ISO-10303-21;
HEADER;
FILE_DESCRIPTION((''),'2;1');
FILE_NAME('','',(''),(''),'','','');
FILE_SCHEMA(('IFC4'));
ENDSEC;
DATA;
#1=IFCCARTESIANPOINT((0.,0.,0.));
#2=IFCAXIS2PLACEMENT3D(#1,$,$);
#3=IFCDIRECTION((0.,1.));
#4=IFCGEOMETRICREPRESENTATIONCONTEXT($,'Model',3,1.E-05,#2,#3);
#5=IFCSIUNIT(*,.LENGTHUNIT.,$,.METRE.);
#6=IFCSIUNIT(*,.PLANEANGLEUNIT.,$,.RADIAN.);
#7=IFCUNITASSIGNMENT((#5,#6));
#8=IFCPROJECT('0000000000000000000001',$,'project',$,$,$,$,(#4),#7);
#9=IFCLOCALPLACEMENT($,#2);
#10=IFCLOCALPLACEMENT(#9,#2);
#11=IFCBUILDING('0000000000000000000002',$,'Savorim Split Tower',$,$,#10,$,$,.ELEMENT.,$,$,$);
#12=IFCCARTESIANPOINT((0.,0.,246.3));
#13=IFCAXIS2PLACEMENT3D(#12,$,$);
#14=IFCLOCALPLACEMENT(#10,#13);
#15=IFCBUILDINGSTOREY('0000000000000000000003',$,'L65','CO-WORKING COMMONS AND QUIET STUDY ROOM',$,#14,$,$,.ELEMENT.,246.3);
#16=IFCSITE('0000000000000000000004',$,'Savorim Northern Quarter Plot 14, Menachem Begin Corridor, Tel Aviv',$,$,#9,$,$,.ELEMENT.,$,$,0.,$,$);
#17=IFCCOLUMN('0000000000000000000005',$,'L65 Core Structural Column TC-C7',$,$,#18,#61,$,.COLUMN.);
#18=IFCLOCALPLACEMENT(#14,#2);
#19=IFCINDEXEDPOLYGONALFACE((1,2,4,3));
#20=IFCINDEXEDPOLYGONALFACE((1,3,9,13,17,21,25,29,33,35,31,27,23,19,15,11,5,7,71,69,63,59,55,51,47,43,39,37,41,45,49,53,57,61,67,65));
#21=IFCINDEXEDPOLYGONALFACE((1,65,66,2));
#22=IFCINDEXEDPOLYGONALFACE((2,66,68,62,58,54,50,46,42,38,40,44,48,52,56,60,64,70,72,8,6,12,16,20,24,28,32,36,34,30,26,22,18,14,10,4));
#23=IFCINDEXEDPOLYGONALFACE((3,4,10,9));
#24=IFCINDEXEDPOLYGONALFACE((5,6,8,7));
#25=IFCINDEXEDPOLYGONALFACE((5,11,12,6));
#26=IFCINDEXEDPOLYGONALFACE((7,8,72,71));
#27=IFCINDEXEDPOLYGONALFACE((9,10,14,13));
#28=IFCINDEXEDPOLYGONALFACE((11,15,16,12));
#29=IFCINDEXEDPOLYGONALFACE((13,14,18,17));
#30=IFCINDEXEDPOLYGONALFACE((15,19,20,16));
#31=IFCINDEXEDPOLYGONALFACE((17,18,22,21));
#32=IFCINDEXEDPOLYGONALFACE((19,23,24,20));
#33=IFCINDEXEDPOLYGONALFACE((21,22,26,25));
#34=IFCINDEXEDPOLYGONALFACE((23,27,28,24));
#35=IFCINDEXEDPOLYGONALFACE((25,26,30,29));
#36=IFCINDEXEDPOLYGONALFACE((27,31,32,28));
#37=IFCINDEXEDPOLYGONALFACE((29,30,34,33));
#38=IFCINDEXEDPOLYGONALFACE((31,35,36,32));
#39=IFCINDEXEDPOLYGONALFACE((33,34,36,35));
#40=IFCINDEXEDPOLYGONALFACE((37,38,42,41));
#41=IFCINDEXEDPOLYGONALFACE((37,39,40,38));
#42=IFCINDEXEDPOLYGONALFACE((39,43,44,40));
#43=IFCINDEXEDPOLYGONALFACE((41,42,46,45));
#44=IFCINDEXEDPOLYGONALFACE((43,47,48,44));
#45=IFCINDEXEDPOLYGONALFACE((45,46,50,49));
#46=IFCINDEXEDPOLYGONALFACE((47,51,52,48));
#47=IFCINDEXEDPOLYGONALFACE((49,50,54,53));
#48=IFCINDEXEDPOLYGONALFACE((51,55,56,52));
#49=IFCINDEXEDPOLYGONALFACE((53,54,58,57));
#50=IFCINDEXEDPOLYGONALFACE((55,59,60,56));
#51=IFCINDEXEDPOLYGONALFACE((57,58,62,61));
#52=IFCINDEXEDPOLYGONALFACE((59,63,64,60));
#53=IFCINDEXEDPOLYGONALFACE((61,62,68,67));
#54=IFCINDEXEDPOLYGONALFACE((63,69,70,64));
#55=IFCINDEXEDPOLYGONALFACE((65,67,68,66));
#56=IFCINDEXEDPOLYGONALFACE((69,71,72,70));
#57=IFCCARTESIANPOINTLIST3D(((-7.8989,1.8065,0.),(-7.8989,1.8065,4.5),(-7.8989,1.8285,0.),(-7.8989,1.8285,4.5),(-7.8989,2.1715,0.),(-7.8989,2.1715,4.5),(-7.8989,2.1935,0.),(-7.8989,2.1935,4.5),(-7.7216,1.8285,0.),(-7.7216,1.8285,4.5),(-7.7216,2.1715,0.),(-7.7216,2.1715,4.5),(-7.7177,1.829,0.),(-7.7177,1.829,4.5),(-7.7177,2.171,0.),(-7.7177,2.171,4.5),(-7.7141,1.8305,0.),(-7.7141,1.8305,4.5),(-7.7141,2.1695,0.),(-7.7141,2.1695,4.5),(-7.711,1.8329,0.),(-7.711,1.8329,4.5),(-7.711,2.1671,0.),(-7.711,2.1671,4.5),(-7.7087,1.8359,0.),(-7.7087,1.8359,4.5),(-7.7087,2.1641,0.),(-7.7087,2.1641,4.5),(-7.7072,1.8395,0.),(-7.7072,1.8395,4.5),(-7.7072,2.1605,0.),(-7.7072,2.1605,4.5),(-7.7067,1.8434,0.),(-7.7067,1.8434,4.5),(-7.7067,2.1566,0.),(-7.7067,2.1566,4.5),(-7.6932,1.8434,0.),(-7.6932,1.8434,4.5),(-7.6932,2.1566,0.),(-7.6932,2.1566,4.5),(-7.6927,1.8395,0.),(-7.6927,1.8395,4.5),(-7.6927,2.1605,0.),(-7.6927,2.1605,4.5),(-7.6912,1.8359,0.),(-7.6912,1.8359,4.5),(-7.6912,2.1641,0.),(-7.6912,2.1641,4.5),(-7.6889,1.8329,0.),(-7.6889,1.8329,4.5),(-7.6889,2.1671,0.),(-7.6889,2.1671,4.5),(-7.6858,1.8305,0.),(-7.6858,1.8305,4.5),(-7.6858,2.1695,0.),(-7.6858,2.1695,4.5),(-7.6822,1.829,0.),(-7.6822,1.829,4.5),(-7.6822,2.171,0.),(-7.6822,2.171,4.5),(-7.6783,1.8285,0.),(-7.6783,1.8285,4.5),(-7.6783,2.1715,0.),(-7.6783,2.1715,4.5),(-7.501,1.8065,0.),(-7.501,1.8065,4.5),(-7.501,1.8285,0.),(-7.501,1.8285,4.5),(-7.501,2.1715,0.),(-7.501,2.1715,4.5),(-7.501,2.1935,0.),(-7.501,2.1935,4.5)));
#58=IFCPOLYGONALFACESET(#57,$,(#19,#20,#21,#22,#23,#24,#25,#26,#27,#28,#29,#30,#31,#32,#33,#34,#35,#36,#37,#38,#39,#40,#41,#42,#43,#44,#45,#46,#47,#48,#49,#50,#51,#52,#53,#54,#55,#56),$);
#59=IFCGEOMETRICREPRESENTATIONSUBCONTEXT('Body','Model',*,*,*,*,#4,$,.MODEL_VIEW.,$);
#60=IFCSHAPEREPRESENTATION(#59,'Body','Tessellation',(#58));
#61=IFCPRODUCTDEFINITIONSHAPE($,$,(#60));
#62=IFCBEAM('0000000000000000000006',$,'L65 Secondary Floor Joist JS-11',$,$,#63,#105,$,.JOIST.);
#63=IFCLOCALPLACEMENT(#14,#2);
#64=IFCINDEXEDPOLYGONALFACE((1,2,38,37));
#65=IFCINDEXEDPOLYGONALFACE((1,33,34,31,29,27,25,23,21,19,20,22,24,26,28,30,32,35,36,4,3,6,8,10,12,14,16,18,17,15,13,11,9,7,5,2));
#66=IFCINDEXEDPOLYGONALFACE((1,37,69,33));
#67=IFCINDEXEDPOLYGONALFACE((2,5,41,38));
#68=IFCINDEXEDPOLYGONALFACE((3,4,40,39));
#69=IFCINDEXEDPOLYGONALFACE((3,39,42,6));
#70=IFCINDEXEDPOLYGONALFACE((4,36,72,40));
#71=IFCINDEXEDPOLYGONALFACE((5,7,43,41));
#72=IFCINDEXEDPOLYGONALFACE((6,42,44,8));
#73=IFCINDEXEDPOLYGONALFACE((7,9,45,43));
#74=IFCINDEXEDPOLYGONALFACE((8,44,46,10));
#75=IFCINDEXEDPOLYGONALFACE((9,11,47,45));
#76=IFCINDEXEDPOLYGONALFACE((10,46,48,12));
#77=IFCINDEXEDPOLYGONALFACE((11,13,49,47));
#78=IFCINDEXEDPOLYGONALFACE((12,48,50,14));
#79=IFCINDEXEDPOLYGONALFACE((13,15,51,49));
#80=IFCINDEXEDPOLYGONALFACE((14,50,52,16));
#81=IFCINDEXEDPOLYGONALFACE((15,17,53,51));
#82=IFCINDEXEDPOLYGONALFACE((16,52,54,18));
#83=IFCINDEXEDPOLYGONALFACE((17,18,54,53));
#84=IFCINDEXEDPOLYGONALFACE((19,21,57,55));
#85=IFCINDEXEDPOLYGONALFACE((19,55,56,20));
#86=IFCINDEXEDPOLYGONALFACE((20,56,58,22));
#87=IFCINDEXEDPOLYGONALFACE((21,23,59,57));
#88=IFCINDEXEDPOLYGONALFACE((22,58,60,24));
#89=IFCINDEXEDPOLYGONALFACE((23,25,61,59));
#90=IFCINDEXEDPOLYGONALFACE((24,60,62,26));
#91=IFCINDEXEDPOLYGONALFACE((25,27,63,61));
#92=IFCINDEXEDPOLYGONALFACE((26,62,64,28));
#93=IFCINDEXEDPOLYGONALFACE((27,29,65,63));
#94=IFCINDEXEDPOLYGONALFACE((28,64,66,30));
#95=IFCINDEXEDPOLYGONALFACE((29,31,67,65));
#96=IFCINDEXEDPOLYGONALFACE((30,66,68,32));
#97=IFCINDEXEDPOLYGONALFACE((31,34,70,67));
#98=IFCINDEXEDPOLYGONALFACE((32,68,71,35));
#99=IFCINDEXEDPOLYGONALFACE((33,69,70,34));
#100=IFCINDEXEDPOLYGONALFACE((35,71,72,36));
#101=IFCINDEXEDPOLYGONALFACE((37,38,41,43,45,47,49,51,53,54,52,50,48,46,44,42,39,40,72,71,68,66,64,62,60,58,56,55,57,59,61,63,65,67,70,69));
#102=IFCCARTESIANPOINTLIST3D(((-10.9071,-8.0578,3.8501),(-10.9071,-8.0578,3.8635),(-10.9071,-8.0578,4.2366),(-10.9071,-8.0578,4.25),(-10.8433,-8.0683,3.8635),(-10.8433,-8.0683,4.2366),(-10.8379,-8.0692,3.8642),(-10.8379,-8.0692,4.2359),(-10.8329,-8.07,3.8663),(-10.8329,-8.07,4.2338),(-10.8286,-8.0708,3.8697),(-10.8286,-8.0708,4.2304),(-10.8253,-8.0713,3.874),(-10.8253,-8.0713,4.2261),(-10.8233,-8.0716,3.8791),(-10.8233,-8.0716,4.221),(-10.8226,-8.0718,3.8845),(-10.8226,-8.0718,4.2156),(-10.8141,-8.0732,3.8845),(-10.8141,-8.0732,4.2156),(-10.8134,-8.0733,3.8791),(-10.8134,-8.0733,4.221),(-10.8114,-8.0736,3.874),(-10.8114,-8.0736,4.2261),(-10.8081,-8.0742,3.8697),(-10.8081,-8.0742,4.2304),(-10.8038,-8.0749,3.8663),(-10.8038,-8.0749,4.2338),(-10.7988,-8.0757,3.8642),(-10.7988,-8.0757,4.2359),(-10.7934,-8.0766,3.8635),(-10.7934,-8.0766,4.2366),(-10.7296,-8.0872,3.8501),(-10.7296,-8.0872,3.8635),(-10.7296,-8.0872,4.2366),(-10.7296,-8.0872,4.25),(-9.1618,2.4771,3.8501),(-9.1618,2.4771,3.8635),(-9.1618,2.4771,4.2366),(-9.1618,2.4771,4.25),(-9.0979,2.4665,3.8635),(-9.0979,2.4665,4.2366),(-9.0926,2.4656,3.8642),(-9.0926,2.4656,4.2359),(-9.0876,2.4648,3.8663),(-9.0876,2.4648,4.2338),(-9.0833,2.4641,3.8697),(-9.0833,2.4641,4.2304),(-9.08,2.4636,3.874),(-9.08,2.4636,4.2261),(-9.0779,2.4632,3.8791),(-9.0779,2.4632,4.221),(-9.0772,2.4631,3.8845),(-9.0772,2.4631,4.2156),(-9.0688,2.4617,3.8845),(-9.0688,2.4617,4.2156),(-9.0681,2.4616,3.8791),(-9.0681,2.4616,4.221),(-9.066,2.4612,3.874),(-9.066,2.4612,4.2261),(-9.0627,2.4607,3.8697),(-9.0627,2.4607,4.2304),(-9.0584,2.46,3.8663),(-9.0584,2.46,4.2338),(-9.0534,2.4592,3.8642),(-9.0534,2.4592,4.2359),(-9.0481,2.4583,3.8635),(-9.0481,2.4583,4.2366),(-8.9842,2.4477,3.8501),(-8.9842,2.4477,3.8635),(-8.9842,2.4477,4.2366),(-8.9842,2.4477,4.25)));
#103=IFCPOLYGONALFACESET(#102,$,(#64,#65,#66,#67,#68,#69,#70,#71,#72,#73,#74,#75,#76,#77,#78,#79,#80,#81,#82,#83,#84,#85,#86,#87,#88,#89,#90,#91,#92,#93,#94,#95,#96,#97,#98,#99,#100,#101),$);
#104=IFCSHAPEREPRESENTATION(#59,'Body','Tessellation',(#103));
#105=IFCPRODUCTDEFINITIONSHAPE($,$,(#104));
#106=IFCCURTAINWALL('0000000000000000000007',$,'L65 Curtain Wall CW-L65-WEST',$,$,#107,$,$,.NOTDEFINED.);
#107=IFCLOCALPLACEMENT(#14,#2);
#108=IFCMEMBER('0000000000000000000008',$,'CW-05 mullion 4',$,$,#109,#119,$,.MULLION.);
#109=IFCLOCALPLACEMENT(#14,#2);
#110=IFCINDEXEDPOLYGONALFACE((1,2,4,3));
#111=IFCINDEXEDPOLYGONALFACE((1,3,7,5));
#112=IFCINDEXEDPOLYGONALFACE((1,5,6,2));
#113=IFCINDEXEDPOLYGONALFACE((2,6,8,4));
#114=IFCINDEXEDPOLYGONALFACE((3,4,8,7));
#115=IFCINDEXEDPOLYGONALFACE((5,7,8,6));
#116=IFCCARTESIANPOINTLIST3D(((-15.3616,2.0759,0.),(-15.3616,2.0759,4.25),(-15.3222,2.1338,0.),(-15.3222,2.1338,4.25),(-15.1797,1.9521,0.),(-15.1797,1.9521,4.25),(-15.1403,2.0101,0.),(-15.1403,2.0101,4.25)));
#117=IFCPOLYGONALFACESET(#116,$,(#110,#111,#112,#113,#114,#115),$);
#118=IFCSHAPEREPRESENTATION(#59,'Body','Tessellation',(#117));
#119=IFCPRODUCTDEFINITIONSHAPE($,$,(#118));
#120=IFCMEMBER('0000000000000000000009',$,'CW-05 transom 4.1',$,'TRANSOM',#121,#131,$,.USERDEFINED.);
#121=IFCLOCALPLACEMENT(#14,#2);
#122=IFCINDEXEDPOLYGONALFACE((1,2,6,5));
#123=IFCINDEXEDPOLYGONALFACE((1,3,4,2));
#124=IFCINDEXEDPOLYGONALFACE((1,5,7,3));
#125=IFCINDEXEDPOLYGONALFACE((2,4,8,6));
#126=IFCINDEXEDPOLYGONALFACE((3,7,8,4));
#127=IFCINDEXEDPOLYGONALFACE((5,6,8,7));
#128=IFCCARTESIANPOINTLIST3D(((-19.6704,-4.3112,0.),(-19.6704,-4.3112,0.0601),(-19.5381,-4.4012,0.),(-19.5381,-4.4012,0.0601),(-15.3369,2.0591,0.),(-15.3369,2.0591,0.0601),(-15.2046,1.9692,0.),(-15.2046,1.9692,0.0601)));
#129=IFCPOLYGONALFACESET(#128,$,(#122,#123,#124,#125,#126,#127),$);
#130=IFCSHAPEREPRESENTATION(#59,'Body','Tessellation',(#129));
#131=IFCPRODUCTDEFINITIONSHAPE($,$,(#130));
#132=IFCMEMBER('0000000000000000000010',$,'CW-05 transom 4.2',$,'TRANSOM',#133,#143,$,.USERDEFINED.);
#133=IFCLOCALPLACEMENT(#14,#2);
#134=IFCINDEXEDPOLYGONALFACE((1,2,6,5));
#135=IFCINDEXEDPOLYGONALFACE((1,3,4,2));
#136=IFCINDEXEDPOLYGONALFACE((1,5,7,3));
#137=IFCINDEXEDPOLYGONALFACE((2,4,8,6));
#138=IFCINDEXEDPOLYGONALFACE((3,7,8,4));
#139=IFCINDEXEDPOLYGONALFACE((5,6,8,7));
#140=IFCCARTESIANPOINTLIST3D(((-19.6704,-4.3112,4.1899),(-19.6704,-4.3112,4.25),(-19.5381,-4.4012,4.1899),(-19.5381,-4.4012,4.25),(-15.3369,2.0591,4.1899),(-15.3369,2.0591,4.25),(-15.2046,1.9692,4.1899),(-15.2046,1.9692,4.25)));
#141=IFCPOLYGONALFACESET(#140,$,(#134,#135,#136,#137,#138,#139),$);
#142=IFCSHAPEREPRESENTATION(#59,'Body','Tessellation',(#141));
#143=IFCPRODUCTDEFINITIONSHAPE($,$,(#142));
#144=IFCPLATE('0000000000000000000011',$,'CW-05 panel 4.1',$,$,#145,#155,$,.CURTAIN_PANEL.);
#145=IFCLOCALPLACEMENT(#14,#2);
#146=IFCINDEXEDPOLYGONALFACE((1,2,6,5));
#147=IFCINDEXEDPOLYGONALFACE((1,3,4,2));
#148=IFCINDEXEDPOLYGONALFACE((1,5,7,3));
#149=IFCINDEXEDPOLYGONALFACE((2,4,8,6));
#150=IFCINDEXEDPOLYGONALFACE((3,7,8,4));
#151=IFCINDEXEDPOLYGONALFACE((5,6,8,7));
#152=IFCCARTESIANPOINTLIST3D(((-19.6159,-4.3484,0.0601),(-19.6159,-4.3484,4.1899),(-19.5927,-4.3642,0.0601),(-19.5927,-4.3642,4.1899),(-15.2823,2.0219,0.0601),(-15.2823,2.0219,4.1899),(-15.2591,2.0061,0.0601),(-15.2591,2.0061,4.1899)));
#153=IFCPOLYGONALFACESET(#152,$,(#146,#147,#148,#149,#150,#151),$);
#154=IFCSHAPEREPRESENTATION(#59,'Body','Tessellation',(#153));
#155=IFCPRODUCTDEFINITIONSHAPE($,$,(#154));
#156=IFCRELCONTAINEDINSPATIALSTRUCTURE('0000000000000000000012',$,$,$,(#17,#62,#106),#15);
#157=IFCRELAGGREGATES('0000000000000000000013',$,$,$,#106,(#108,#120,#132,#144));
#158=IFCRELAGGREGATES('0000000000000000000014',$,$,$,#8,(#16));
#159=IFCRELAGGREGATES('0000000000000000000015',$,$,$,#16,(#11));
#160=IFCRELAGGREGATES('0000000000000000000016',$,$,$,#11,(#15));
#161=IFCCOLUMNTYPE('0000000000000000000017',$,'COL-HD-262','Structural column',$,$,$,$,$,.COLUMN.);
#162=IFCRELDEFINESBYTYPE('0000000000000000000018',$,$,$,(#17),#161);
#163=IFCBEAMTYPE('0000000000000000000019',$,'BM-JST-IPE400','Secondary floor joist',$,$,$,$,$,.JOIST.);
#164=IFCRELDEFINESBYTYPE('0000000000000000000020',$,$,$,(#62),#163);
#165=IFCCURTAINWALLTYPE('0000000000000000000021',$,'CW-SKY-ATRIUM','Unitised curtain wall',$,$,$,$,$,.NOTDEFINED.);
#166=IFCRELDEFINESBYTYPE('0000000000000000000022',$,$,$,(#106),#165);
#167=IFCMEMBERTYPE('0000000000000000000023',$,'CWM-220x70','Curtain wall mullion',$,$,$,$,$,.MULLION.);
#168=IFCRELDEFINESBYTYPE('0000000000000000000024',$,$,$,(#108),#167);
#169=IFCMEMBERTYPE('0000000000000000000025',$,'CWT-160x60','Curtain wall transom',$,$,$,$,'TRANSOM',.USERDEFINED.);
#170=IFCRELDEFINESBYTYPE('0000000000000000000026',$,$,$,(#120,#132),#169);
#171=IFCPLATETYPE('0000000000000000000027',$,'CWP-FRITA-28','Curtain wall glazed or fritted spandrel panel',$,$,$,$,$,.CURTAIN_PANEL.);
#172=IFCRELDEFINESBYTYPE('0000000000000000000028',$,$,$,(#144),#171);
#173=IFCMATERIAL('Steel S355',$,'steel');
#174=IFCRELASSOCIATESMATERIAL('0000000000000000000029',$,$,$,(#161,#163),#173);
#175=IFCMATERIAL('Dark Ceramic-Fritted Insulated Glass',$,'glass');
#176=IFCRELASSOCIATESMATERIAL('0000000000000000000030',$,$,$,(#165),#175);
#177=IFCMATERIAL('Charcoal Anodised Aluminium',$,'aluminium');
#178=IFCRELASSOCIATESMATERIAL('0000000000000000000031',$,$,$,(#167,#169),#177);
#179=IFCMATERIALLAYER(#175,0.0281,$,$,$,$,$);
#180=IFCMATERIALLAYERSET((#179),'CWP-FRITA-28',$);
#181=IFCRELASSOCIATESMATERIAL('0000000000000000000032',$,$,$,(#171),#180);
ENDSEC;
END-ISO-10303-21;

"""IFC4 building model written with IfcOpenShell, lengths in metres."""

from ifc_helpers import new_model, si_unit, direction, frame, origin, origin_2d, place, context, subcontext, project, spatial, rectangle, i_section, extrude, material, layer, layer_set, material_profile, profile_set, type_object, element, aggregate, save


model = new_model("IFC4")

# Units and contexts
model_context = context("Model", 3, precision=1e-05, world=origin(), true_north=direction((0.0, 1.0)))
body_context = subcontext(model_context, "Body", "Model", "MODEL_VIEW")
ifc_project = project(units=[si_unit("LENGTHUNIT", "METRE"), si_unit("PLANEANGLEUNIT", "RADIAN")], contexts=[model_context])

# Site, building, storey
site_placement = place(None, origin())
site = spatial("IfcSite", under=ifc_project, at=site_placement, Name="Savorim Northern Quarter Plot 14, Menachem Begin Corridor, Tel Aviv", CompositionType="ELEMENT", RefElevation=0.0)
building_placement = place(site_placement, origin())
building = spatial("IfcBuilding", under=site, at=building_placement, Name="Savorim Split Tower", CompositionType="ELEMENT")
storey_placement = place(building_placement, frame((0.0, 0.0, 246.3)))
storey = spatial("IfcBuildingStorey", under=building, at=storey_placement, Name="L65", Description="CO-WORKING COMMONS AND QUIET STUDY ROOM", CompositionType="ELEMENT", Elevation=246.3)

# Column
ifc_material_1 = material(Name="Steel S355", Category="steel")
ifc_material_profile_1 = material_profile(ifc_material_1, i_section(OverallWidth=0.3979, OverallDepth=0.387, WebThickness=0.0134, FlangeThickness=0.022, FilletRadius=0.0149, at=origin_2d()), Name="HD 400x262")
ifc_profile_set_1 = profile_set([ifc_material_profile_1], Name="Steel S355")
column_type = type_object("IfcColumnType", Name="COL-HD-262", Description="Structural column", PredefinedType="COLUMN", material=ifc_profile_set_1)
column_placement = place(storey_placement, frame((-7.7, 2.0, 0.0), z_axis=(0.0, 0.0, 1.0), x_axis=(1.0, 0.0, 0.0)))
element("IfcColumn", 1, at=column_placement, inside=storey, type_object=column_type, Name="L65 Core Structural Column TC-C7", PredefinedType="COLUMN", context=body_context, shape_type="SweptSolid", body=[
    extrude(i_section(OverallWidth=0.3979, OverallDepth=0.387, WebThickness=0.0134, FlangeThickness=0.022, FilletRadius=0.0149, at=origin_2d()), origin(), (0.0, 0.0, 1.0), 4.5),
])

# Beam
ifc_material_profile_2 = material_profile(ifc_material_1, i_section(OverallWidth=0.1799, OverallDepth=0.3999, WebThickness=0.0085, FlangeThickness=0.0134, FilletRadius=0.021, at=origin_2d()), Name="IPE 400")
ifc_profile_set_2 = profile_set([ifc_material_profile_2], Name="Steel S355")
beam_type = type_object("IfcBeamType", Name="BM-JST-IPE400", Description="Secondary floor joist", PredefinedType="JOIST", material=ifc_profile_set_2)
beam_placement = place(storey_placement, frame((-9.073, 2.4624, 4.05), z_axis=(-0.163446, -0.986552, 0.0), x_axis=(0.986552, -0.163446, 0.0)))
element("IfcBeam", 2, at=beam_placement, inside=storey, type_object=beam_type, Name="L65 Secondary Floor Joist JS-11", PredefinedType="JOIST", context=body_context, shape_type="SweptSolid", body=[
    extrude(i_section(OverallWidth=0.1799, OverallDepth=0.3999, WebThickness=0.0085, FlangeThickness=0.0134, FilletRadius=0.021, at=origin_2d()), origin(), (0.0, 0.0, 1.0), 10.6785),
])

# Curtain wall, members, plate
ifc_material_2 = material(Name="Dark Ceramic-Fritted Insulated Glass", Category="glass")
curtain_wall_type = type_object("IfcCurtainWallType", Name="CW-SKY-ATRIUM", Description="Unitised curtain wall", PredefinedType="NOTDEFINED", material=ifc_material_2)
curtain_wall_placement = place(storey_placement, origin())
curtain_wall = element("IfcCurtainWall", 3, at=curtain_wall_placement, inside=storey, type_object=curtain_wall_type, Name="L65 Curtain Wall CW-L65-WEST", PredefinedType="NOTDEFINED")
ifc_material_3 = material(Name="Charcoal Anodised Aluminium", Category="aluminium")
ifc_material_profile_3 = material_profile(ifc_material_3, rectangle(XDim=0.22, YDim=0.0701, at=origin_2d()), Name="ALU-M 220x70")
ifc_profile_set_3 = profile_set([ifc_material_profile_3], Name="Charcoal Anodised Aluminium")
member_type_1 = type_object("IfcMemberType", Name="CWM-220x70", Description="Curtain wall mullion", PredefinedType="MULLION", material=ifc_profile_set_3)
member_1_placement = place(storey_placement, frame((-15.251, 2.043, 0.0), z_axis=(0.0, 0.0, 1.0), x_axis=(0.826818, -0.562469, 0.0)))
member_1 = element("IfcMember", 4, at=member_1_placement, type_object=member_type_1, Name="CW-05 mullion 4", PredefinedType="MULLION", context=body_context, shape_type="SweptSolid", body=[
    extrude(rectangle(XDim=0.22, YDim=0.0701, at=origin_2d()), origin(), (0.0, 0.0, 1.0), 4.25),
])
ifc_material_profile_4 = material_profile(ifc_material_3, rectangle(XDim=0.1599, YDim=0.0601, at=origin_2d()), Name="ALU-T 160x60")
ifc_profile_set_4 = profile_set([ifc_material_profile_4], Name="Charcoal Anodised Aluminium")
member_type_2 = type_object("IfcMemberType", Name="CWT-160x60", Description="Curtain wall transom", ElementType="TRANSOM", PredefinedType="USERDEFINED", material=ifc_profile_set_4)
member_2_placement = place(storey_placement, frame((-15.2708, 2.0142, 0.03), z_axis=(-0.562456, -0.826827, 0.0), x_axis=(0.826827, -0.562456, 0.0)))
member_2 = element("IfcMember", 5, at=member_2_placement, type_object=member_type_2, Name="CW-05 transom 4.1", ObjectType="TRANSOM", PredefinedType="USERDEFINED", context=body_context, shape_type="SweptSolid", body=[
    extrude(rectangle(XDim=0.1599, YDim=0.0601, at=origin_2d()), origin(), (0.0, 0.0, 1.0), 7.7046),
])
member_3_placement = place(storey_placement, frame((-15.2708, 2.0142, 4.22), z_axis=(-0.562456, -0.826827, 0.0), x_axis=(0.826827, -0.562456, 0.0)))
member_3 = element("IfcMember", 6, at=member_3_placement, type_object=member_type_2, Name="CW-05 transom 4.2", ObjectType="TRANSOM", PredefinedType="USERDEFINED", context=body_context, shape_type="SweptSolid", body=[
    extrude(rectangle(XDim=0.1599, YDim=0.0601, at=origin_2d()), origin(), (0.0, 0.0, 1.0), 7.7046),
])
ifc_layer_1 = layer(ifc_material_2, 0.0281)
ifc_layer_set_1 = layer_set([ifc_layer_1], Name="CWP-FRITA-28")
plate_type = type_object("IfcPlateType", Name="CWP-FRITA-28", Description="Curtain wall glazed or fritted spandrel panel", PredefinedType="CURTAIN_PANEL", material=ifc_layer_set_1)
plate_placement = place(storey_placement, frame((-17.4375, -1.1711, 0.0601), z_axis=(0.0, 0.0, 1.0), x_axis=(-0.562469, -0.826818, 0.0)))
plate = element("IfcPlate", 7, at=plate_placement, type_object=plate_type, Name="CW-05 panel 4.1", PredefinedType="CURTAIN_PANEL", context=body_context, shape_type="SweptSolid", body=[
    extrude(rectangle(XDim=7.7046, YDim=0.0281, at=origin_2d()), origin(), (0.0, 0.0, 1.0), 4.1299),
])
aggregate(curtain_wall, [member_1, member_2, member_3, plate])

save(model, "model.ifc")
